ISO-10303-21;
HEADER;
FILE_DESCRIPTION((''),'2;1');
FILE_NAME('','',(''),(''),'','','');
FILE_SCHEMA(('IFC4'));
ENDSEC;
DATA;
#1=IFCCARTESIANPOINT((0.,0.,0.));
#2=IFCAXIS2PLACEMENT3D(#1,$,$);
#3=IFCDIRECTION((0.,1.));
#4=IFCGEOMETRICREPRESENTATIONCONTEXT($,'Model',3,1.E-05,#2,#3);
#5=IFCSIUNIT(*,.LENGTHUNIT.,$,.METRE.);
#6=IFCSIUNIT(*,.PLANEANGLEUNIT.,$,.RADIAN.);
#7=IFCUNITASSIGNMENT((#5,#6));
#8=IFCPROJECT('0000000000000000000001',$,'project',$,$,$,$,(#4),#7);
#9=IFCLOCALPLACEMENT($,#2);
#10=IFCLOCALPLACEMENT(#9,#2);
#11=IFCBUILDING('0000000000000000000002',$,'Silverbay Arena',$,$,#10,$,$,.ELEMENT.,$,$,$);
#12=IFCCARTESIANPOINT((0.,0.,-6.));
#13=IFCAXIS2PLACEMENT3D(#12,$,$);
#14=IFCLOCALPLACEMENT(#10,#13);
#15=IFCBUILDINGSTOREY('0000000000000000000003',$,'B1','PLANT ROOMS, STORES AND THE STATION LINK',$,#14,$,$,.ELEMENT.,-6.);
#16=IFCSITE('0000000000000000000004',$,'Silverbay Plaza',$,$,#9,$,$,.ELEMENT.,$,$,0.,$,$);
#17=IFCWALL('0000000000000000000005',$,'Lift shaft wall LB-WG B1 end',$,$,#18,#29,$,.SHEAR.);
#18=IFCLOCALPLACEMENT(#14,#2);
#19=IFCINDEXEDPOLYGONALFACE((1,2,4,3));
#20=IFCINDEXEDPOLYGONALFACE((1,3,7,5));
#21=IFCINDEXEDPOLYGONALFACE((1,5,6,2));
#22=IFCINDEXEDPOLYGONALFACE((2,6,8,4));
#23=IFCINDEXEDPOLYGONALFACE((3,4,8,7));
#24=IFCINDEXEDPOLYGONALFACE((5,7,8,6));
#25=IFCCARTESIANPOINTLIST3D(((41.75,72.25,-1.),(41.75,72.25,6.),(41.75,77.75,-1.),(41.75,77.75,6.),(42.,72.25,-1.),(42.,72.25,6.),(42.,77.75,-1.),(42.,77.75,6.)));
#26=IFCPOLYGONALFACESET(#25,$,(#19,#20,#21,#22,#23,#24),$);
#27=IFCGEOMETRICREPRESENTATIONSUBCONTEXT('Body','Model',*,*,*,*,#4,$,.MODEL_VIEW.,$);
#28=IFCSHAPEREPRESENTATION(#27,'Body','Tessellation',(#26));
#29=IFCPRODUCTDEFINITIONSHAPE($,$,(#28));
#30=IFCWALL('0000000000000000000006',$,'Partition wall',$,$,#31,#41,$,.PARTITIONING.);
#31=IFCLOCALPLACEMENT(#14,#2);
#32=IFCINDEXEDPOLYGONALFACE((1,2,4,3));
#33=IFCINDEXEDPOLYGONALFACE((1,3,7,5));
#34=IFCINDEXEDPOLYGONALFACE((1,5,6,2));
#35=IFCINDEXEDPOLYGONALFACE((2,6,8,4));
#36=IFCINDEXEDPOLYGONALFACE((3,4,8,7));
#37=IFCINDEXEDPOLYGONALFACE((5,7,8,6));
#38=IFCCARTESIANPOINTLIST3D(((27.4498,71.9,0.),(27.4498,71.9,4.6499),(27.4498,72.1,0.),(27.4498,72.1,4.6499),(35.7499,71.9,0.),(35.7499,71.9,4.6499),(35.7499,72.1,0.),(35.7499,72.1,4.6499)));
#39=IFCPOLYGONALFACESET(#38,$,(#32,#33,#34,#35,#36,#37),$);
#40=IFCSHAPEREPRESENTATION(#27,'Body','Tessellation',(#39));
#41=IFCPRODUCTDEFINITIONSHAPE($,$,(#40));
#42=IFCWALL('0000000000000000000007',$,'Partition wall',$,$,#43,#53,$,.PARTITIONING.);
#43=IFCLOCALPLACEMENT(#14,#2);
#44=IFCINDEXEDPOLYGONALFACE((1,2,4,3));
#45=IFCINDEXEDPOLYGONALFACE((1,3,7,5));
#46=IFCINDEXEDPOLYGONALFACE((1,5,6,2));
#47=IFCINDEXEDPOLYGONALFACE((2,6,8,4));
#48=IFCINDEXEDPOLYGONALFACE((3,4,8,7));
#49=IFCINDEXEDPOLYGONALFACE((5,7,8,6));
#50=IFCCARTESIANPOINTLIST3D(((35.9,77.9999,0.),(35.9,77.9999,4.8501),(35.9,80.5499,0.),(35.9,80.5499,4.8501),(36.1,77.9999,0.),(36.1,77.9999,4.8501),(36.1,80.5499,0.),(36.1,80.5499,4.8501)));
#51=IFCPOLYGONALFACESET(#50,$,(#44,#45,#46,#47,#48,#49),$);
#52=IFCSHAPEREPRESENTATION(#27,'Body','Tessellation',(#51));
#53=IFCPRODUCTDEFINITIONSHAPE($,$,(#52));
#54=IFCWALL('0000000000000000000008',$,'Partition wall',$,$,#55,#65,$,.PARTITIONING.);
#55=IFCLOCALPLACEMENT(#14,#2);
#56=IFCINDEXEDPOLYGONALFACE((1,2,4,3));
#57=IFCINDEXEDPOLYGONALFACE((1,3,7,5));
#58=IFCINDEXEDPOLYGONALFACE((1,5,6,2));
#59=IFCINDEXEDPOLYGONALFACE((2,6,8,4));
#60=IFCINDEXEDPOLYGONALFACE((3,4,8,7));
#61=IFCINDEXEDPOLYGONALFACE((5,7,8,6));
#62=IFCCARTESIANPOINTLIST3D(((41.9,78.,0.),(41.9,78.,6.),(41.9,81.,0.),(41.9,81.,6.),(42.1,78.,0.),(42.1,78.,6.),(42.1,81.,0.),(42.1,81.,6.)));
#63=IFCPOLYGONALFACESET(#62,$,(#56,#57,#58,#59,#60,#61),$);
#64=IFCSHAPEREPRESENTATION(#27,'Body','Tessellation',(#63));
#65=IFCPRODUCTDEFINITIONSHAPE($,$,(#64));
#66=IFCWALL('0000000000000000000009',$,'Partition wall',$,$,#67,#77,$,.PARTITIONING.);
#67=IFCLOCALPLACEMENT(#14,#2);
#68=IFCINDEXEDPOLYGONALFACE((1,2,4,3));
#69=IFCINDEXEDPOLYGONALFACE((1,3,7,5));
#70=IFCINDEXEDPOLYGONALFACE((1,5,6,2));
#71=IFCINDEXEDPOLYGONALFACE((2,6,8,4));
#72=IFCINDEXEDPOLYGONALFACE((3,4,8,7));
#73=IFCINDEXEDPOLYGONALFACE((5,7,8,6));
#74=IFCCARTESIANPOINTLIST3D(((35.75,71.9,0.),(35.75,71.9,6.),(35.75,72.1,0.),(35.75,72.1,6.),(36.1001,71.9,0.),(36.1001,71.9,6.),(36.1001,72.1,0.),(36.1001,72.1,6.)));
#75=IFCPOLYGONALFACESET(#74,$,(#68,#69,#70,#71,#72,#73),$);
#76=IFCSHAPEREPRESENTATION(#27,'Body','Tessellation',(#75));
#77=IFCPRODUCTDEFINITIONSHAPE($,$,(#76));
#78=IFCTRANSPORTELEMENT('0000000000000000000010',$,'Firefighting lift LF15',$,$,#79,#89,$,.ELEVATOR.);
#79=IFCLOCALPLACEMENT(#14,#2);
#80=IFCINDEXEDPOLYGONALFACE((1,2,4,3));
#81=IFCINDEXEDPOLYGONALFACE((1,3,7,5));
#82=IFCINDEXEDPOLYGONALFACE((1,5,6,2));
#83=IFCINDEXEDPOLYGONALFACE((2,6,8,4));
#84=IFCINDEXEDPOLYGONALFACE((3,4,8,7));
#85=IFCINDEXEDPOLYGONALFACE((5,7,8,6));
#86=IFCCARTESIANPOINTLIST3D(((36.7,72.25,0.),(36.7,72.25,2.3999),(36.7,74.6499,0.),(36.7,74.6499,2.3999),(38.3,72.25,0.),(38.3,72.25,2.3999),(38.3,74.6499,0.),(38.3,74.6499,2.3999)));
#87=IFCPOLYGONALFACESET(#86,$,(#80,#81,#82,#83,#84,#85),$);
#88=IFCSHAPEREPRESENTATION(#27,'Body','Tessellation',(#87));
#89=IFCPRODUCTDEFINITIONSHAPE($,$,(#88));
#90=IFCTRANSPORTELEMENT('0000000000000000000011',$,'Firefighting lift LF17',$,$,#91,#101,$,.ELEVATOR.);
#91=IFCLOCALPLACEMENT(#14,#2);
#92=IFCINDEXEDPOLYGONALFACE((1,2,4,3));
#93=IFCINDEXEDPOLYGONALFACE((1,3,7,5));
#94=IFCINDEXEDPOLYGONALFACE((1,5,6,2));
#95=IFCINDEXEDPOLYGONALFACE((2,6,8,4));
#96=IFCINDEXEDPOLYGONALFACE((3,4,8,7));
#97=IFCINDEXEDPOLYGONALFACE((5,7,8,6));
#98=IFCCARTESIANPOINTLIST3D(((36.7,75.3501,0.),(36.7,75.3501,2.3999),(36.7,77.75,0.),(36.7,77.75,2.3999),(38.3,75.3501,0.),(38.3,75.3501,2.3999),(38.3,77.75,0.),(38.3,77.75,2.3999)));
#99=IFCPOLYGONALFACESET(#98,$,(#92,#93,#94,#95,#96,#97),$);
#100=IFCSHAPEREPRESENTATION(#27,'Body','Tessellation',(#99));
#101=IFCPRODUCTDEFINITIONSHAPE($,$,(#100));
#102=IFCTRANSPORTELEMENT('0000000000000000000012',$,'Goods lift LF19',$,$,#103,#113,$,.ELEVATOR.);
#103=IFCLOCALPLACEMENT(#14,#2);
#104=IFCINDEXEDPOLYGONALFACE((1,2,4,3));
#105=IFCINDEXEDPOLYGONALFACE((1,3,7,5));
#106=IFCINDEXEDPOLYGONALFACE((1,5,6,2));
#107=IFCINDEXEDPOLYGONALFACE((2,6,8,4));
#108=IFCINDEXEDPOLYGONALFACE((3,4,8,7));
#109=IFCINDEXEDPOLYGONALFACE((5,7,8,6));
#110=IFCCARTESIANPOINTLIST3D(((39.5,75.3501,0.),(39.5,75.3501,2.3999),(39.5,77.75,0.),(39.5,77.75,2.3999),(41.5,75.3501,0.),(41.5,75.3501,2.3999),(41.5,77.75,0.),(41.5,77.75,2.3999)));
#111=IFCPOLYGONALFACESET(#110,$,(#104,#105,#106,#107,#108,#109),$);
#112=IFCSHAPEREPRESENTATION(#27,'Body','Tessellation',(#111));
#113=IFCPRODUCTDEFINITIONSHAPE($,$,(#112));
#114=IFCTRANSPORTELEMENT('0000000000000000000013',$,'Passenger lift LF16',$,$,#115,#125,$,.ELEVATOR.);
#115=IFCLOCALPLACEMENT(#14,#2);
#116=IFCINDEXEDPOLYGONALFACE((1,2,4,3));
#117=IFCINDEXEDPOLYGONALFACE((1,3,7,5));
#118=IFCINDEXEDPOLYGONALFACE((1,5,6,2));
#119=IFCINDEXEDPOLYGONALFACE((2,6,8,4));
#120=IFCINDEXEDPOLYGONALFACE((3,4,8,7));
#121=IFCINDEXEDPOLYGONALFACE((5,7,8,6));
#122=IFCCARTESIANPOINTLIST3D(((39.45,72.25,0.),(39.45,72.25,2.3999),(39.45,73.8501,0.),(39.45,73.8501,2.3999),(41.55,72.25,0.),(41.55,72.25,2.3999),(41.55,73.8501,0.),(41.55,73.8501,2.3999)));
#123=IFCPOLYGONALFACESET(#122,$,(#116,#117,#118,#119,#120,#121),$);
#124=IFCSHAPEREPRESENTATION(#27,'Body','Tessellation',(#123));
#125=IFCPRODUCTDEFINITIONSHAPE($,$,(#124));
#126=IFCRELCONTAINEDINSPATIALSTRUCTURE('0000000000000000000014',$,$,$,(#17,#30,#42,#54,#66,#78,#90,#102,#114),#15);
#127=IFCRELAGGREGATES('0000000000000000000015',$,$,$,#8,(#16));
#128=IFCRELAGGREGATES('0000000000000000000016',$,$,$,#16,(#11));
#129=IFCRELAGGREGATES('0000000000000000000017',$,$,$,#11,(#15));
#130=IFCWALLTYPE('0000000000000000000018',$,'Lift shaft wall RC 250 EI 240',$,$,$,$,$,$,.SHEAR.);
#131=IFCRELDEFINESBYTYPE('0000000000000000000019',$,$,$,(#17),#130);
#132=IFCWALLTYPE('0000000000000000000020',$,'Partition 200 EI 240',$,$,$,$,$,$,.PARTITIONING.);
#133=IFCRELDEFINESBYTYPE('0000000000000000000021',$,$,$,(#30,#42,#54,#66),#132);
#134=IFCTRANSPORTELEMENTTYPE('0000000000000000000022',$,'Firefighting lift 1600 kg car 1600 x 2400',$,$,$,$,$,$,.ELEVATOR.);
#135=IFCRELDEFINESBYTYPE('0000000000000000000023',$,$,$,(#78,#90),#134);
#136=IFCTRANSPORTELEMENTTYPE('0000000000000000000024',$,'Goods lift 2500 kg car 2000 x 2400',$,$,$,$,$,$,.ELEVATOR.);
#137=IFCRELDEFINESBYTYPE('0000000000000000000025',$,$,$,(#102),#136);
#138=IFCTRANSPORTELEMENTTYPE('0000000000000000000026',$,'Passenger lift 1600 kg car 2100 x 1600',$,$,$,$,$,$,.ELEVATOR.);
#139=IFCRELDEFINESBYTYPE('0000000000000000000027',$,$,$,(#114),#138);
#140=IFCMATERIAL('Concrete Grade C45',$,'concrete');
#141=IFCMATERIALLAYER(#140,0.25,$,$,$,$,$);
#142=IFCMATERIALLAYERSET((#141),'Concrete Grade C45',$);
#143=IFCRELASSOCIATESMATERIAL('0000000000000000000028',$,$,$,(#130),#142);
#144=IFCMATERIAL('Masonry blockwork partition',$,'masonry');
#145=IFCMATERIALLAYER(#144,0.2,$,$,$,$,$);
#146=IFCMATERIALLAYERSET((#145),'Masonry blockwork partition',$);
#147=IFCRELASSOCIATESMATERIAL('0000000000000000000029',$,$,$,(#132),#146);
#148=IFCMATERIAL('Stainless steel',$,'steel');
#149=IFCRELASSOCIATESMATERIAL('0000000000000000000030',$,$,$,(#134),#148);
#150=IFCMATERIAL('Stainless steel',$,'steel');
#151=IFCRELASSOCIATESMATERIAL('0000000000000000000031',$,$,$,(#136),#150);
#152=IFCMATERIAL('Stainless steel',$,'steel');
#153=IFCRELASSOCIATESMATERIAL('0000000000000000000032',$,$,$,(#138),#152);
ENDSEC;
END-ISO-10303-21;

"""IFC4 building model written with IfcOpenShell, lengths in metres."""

from ifc_helpers import new_model, si_unit, direction, frame, frame_2d, origin, origin_2d, place, context, subcontext, project, spatial, rectangle, extrude, material, layer, layer_set, type_object, element, save


model = new_model("IFC4")

# Units and contexts
model_context = context("Model", 3, precision=1e-05, world=origin(), true_north=direction((0.0, 1.0)))
body_context = subcontext(model_context, "Body", "Model", "MODEL_VIEW")
ifc_project = project(units=[si_unit("LENGTHUNIT", "METRE"), si_unit("PLANEANGLEUNIT", "RADIAN")], contexts=[model_context])

# Site, building, storey
site_placement = place(None, origin())
site = spatial("IfcSite", under=ifc_project, at=site_placement, Name="Silverbay Plaza", CompositionType="ELEMENT", RefElevation=0.0)
building_placement = place(site_placement, origin())
building = spatial("IfcBuilding", under=site, at=building_placement, Name="Silverbay Arena", CompositionType="ELEMENT")
storey_placement = place(building_placement, frame((0.0, 0.0, -6.0)))
storey = spatial("IfcBuildingStorey", under=building, at=storey_placement, Name="B1", Description="PLANT ROOMS, STORES AND THE STATION LINK", CompositionType="ELEMENT", Elevation=-6.0)

# Shared definitions
ifc_material_1 = material(Name="Concrete Grade C45", Category="concrete")
ifc_layer_1 = layer(ifc_material_1, 0.25)
ifc_layer_set_1 = layer_set([ifc_layer_1], Name="Concrete Grade C45")
wall_type_1 = type_object("IfcWallType", Name="Lift shaft wall RC 250 EI 240", PredefinedType="SHEAR", material=ifc_layer_set_1)

# Walls
for number, where, z_axis, x_axis, name in (
    (1, (41.875, 72.25, -1.0), (0.0, 0.0, 1.0), (0.0, 1.0, 0.0), "Lift shaft wall LB-WG B1 end"),
):
    element("IfcWall", number, at=place(storey_placement, frame(where, z_axis=z_axis, x_axis=x_axis)), inside=storey, type_object=wall_type_1, Name=name, PredefinedType="SHEAR", context=body_context, shape_type="SweptSolid", body=[
        extrude(rectangle(XDim=5.5, YDim=0.25, at=frame_2d((2.75, 0.0))), origin(), (0.0, 0.0, 1.0), 7.0),
    ])
ifc_material_2 = material(Name="Masonry blockwork partition", Category="masonry")
ifc_layer_2 = layer(ifc_material_2, 0.2)
ifc_layer_set_2 = layer_set([ifc_layer_2], Name="Masonry blockwork partition")
wall_type_2 = type_object("IfcWallType", Name="Partition 200 EI 240", PredefinedType="PARTITIONING", material=ifc_layer_set_2)
wall_1_placement = place(storey_placement, frame((27.45, 72.0, 0.0), z_axis=(0.0, 0.0, 1.0), x_axis=(1.0, 0.0, 0.0)))
element("IfcWall", 2, at=wall_1_placement, inside=storey, type_object=wall_type_2, Name="Partition wall", PredefinedType="PARTITIONING", context=body_context, shape_type="SweptSolid", body=[
    extrude(rectangle(XDim=8.3, YDim=0.2, at=frame_2d((4.1499, 0.0))), origin(), (0.0, 0.0, 1.0), 4.6499),
])
wall_2_placement = place(storey_placement, frame((36.0, 78.0, 0.0), z_axis=(0.0, 0.0, 1.0), x_axis=(0.0, 1.0, 0.0)))
element("IfcWall", 3, at=wall_2_placement, inside=storey, type_object=wall_type_2, Name="Partition wall", PredefinedType="PARTITIONING", context=body_context, shape_type="SweptSolid", body=[
    extrude(rectangle(XDim=2.55, YDim=0.2, at=frame_2d((1.2749, 0.0))), origin(), (0.0, 0.0, 1.0), 4.8501),
])
wall_3_placement = place(storey_placement, frame((42.0, 78.0, 0.0), z_axis=(0.0, 0.0, 1.0), x_axis=(0.0, 1.0, 0.0)))
element("IfcWall", 4, at=wall_3_placement, inside=storey, type_object=wall_type_2, Name="Partition wall", PredefinedType="PARTITIONING", context=body_context, shape_type="SweptSolid", body=[
    extrude(rectangle(XDim=3.0, YDim=0.2, at=frame_2d((1.5, 0.0))), origin(), (0.0, 0.0, 1.0), 6.0),
])
wall_4_placement = place(storey_placement, frame((35.75, 72.0, 0.0), z_axis=(0.0, 0.0, 1.0), x_axis=(1.0, 0.0, 0.0)))
element("IfcWall", 5, at=wall_4_placement, inside=storey, type_object=wall_type_2, Name="Partition wall", PredefinedType="PARTITIONING", context=body_context, shape_type="SweptSolid", body=[
    extrude(rectangle(XDim=0.3501, YDim=0.2, at=frame_2d((0.175, 0.0))), origin(), (0.0, 0.0, 1.0), 6.0),
])

# Transport elements
ifc_material_3 = material(Name="Stainless steel", Category="steel")
transport_element_type_1 = type_object("IfcTransportElementType", Name="Firefighting lift 1600 kg car 1600 x 2400", PredefinedType="ELEVATOR", material=ifc_material_3)
for number, where, z_axis, x_axis, name in (
    (6, (37.5, 73.45, 0.0), (0.0, 0.0, 1.0), (1.0, 0.0, 0.0), "Firefighting lift LF15"),
    (7, (37.5, 76.55, 0.0), (0.0, 0.0, 1.0), (1.0, 0.0, 0.0), "Firefighting lift LF17"),
):
    element("IfcTransportElement", number, at=place(storey_placement, frame(where, z_axis=z_axis, x_axis=x_axis)), inside=storey, type_object=transport_element_type_1, Name=name, PredefinedType="ELEVATOR", context=body_context, shape_type="SweptSolid", body=[
        extrude(rectangle(XDim=1.6001, YDim=2.3999, at=origin_2d()), origin(), (0.0, 0.0, 1.0), 2.3999),
    ])
ifc_material_4 = material(Name="Stainless steel", Category="steel")
transport_element_type_2 = type_object("IfcTransportElementType", Name="Goods lift 2500 kg car 2000 x 2400", PredefinedType="ELEVATOR", material=ifc_material_4)
transport_element_1_placement = place(storey_placement, frame((40.5, 76.55, 0.0), z_axis=(0.0, 0.0, 1.0), x_axis=(1.0, 0.0, 0.0)))
element("IfcTransportElement", 8, at=transport_element_1_placement, inside=storey, type_object=transport_element_type_2, Name="Goods lift LF19", PredefinedType="ELEVATOR", context=body_context, shape_type="SweptSolid", body=[
    extrude(rectangle(XDim=2.0, YDim=2.3999, at=origin_2d()), origin(), (0.0, 0.0, 1.0), 2.3999),
])
ifc_material_5 = material(Name="Stainless steel", Category="steel")
transport_element_type_3 = type_object("IfcTransportElementType", Name="Passenger lift 1600 kg car 2100 x 1600", PredefinedType="ELEVATOR", material=ifc_material_5)
transport_element_2_placement = place(storey_placement, frame((40.5, 73.05, 0.0), z_axis=(0.0, 0.0, 1.0), x_axis=(1.0, 0.0, 0.0)))
element("IfcTransportElement", 9, at=transport_element_2_placement, inside=storey, type_object=transport_element_type_3, Name="Passenger lift LF16", PredefinedType="ELEVATOR", context=body_context, shape_type="SweptSolid", body=[
    extrude(rectangle(XDim=2.1001, YDim=1.6001, at=origin_2d()), origin(), (0.0, 0.0, 1.0), 2.3999),
])

save(model, "model.ifc")
